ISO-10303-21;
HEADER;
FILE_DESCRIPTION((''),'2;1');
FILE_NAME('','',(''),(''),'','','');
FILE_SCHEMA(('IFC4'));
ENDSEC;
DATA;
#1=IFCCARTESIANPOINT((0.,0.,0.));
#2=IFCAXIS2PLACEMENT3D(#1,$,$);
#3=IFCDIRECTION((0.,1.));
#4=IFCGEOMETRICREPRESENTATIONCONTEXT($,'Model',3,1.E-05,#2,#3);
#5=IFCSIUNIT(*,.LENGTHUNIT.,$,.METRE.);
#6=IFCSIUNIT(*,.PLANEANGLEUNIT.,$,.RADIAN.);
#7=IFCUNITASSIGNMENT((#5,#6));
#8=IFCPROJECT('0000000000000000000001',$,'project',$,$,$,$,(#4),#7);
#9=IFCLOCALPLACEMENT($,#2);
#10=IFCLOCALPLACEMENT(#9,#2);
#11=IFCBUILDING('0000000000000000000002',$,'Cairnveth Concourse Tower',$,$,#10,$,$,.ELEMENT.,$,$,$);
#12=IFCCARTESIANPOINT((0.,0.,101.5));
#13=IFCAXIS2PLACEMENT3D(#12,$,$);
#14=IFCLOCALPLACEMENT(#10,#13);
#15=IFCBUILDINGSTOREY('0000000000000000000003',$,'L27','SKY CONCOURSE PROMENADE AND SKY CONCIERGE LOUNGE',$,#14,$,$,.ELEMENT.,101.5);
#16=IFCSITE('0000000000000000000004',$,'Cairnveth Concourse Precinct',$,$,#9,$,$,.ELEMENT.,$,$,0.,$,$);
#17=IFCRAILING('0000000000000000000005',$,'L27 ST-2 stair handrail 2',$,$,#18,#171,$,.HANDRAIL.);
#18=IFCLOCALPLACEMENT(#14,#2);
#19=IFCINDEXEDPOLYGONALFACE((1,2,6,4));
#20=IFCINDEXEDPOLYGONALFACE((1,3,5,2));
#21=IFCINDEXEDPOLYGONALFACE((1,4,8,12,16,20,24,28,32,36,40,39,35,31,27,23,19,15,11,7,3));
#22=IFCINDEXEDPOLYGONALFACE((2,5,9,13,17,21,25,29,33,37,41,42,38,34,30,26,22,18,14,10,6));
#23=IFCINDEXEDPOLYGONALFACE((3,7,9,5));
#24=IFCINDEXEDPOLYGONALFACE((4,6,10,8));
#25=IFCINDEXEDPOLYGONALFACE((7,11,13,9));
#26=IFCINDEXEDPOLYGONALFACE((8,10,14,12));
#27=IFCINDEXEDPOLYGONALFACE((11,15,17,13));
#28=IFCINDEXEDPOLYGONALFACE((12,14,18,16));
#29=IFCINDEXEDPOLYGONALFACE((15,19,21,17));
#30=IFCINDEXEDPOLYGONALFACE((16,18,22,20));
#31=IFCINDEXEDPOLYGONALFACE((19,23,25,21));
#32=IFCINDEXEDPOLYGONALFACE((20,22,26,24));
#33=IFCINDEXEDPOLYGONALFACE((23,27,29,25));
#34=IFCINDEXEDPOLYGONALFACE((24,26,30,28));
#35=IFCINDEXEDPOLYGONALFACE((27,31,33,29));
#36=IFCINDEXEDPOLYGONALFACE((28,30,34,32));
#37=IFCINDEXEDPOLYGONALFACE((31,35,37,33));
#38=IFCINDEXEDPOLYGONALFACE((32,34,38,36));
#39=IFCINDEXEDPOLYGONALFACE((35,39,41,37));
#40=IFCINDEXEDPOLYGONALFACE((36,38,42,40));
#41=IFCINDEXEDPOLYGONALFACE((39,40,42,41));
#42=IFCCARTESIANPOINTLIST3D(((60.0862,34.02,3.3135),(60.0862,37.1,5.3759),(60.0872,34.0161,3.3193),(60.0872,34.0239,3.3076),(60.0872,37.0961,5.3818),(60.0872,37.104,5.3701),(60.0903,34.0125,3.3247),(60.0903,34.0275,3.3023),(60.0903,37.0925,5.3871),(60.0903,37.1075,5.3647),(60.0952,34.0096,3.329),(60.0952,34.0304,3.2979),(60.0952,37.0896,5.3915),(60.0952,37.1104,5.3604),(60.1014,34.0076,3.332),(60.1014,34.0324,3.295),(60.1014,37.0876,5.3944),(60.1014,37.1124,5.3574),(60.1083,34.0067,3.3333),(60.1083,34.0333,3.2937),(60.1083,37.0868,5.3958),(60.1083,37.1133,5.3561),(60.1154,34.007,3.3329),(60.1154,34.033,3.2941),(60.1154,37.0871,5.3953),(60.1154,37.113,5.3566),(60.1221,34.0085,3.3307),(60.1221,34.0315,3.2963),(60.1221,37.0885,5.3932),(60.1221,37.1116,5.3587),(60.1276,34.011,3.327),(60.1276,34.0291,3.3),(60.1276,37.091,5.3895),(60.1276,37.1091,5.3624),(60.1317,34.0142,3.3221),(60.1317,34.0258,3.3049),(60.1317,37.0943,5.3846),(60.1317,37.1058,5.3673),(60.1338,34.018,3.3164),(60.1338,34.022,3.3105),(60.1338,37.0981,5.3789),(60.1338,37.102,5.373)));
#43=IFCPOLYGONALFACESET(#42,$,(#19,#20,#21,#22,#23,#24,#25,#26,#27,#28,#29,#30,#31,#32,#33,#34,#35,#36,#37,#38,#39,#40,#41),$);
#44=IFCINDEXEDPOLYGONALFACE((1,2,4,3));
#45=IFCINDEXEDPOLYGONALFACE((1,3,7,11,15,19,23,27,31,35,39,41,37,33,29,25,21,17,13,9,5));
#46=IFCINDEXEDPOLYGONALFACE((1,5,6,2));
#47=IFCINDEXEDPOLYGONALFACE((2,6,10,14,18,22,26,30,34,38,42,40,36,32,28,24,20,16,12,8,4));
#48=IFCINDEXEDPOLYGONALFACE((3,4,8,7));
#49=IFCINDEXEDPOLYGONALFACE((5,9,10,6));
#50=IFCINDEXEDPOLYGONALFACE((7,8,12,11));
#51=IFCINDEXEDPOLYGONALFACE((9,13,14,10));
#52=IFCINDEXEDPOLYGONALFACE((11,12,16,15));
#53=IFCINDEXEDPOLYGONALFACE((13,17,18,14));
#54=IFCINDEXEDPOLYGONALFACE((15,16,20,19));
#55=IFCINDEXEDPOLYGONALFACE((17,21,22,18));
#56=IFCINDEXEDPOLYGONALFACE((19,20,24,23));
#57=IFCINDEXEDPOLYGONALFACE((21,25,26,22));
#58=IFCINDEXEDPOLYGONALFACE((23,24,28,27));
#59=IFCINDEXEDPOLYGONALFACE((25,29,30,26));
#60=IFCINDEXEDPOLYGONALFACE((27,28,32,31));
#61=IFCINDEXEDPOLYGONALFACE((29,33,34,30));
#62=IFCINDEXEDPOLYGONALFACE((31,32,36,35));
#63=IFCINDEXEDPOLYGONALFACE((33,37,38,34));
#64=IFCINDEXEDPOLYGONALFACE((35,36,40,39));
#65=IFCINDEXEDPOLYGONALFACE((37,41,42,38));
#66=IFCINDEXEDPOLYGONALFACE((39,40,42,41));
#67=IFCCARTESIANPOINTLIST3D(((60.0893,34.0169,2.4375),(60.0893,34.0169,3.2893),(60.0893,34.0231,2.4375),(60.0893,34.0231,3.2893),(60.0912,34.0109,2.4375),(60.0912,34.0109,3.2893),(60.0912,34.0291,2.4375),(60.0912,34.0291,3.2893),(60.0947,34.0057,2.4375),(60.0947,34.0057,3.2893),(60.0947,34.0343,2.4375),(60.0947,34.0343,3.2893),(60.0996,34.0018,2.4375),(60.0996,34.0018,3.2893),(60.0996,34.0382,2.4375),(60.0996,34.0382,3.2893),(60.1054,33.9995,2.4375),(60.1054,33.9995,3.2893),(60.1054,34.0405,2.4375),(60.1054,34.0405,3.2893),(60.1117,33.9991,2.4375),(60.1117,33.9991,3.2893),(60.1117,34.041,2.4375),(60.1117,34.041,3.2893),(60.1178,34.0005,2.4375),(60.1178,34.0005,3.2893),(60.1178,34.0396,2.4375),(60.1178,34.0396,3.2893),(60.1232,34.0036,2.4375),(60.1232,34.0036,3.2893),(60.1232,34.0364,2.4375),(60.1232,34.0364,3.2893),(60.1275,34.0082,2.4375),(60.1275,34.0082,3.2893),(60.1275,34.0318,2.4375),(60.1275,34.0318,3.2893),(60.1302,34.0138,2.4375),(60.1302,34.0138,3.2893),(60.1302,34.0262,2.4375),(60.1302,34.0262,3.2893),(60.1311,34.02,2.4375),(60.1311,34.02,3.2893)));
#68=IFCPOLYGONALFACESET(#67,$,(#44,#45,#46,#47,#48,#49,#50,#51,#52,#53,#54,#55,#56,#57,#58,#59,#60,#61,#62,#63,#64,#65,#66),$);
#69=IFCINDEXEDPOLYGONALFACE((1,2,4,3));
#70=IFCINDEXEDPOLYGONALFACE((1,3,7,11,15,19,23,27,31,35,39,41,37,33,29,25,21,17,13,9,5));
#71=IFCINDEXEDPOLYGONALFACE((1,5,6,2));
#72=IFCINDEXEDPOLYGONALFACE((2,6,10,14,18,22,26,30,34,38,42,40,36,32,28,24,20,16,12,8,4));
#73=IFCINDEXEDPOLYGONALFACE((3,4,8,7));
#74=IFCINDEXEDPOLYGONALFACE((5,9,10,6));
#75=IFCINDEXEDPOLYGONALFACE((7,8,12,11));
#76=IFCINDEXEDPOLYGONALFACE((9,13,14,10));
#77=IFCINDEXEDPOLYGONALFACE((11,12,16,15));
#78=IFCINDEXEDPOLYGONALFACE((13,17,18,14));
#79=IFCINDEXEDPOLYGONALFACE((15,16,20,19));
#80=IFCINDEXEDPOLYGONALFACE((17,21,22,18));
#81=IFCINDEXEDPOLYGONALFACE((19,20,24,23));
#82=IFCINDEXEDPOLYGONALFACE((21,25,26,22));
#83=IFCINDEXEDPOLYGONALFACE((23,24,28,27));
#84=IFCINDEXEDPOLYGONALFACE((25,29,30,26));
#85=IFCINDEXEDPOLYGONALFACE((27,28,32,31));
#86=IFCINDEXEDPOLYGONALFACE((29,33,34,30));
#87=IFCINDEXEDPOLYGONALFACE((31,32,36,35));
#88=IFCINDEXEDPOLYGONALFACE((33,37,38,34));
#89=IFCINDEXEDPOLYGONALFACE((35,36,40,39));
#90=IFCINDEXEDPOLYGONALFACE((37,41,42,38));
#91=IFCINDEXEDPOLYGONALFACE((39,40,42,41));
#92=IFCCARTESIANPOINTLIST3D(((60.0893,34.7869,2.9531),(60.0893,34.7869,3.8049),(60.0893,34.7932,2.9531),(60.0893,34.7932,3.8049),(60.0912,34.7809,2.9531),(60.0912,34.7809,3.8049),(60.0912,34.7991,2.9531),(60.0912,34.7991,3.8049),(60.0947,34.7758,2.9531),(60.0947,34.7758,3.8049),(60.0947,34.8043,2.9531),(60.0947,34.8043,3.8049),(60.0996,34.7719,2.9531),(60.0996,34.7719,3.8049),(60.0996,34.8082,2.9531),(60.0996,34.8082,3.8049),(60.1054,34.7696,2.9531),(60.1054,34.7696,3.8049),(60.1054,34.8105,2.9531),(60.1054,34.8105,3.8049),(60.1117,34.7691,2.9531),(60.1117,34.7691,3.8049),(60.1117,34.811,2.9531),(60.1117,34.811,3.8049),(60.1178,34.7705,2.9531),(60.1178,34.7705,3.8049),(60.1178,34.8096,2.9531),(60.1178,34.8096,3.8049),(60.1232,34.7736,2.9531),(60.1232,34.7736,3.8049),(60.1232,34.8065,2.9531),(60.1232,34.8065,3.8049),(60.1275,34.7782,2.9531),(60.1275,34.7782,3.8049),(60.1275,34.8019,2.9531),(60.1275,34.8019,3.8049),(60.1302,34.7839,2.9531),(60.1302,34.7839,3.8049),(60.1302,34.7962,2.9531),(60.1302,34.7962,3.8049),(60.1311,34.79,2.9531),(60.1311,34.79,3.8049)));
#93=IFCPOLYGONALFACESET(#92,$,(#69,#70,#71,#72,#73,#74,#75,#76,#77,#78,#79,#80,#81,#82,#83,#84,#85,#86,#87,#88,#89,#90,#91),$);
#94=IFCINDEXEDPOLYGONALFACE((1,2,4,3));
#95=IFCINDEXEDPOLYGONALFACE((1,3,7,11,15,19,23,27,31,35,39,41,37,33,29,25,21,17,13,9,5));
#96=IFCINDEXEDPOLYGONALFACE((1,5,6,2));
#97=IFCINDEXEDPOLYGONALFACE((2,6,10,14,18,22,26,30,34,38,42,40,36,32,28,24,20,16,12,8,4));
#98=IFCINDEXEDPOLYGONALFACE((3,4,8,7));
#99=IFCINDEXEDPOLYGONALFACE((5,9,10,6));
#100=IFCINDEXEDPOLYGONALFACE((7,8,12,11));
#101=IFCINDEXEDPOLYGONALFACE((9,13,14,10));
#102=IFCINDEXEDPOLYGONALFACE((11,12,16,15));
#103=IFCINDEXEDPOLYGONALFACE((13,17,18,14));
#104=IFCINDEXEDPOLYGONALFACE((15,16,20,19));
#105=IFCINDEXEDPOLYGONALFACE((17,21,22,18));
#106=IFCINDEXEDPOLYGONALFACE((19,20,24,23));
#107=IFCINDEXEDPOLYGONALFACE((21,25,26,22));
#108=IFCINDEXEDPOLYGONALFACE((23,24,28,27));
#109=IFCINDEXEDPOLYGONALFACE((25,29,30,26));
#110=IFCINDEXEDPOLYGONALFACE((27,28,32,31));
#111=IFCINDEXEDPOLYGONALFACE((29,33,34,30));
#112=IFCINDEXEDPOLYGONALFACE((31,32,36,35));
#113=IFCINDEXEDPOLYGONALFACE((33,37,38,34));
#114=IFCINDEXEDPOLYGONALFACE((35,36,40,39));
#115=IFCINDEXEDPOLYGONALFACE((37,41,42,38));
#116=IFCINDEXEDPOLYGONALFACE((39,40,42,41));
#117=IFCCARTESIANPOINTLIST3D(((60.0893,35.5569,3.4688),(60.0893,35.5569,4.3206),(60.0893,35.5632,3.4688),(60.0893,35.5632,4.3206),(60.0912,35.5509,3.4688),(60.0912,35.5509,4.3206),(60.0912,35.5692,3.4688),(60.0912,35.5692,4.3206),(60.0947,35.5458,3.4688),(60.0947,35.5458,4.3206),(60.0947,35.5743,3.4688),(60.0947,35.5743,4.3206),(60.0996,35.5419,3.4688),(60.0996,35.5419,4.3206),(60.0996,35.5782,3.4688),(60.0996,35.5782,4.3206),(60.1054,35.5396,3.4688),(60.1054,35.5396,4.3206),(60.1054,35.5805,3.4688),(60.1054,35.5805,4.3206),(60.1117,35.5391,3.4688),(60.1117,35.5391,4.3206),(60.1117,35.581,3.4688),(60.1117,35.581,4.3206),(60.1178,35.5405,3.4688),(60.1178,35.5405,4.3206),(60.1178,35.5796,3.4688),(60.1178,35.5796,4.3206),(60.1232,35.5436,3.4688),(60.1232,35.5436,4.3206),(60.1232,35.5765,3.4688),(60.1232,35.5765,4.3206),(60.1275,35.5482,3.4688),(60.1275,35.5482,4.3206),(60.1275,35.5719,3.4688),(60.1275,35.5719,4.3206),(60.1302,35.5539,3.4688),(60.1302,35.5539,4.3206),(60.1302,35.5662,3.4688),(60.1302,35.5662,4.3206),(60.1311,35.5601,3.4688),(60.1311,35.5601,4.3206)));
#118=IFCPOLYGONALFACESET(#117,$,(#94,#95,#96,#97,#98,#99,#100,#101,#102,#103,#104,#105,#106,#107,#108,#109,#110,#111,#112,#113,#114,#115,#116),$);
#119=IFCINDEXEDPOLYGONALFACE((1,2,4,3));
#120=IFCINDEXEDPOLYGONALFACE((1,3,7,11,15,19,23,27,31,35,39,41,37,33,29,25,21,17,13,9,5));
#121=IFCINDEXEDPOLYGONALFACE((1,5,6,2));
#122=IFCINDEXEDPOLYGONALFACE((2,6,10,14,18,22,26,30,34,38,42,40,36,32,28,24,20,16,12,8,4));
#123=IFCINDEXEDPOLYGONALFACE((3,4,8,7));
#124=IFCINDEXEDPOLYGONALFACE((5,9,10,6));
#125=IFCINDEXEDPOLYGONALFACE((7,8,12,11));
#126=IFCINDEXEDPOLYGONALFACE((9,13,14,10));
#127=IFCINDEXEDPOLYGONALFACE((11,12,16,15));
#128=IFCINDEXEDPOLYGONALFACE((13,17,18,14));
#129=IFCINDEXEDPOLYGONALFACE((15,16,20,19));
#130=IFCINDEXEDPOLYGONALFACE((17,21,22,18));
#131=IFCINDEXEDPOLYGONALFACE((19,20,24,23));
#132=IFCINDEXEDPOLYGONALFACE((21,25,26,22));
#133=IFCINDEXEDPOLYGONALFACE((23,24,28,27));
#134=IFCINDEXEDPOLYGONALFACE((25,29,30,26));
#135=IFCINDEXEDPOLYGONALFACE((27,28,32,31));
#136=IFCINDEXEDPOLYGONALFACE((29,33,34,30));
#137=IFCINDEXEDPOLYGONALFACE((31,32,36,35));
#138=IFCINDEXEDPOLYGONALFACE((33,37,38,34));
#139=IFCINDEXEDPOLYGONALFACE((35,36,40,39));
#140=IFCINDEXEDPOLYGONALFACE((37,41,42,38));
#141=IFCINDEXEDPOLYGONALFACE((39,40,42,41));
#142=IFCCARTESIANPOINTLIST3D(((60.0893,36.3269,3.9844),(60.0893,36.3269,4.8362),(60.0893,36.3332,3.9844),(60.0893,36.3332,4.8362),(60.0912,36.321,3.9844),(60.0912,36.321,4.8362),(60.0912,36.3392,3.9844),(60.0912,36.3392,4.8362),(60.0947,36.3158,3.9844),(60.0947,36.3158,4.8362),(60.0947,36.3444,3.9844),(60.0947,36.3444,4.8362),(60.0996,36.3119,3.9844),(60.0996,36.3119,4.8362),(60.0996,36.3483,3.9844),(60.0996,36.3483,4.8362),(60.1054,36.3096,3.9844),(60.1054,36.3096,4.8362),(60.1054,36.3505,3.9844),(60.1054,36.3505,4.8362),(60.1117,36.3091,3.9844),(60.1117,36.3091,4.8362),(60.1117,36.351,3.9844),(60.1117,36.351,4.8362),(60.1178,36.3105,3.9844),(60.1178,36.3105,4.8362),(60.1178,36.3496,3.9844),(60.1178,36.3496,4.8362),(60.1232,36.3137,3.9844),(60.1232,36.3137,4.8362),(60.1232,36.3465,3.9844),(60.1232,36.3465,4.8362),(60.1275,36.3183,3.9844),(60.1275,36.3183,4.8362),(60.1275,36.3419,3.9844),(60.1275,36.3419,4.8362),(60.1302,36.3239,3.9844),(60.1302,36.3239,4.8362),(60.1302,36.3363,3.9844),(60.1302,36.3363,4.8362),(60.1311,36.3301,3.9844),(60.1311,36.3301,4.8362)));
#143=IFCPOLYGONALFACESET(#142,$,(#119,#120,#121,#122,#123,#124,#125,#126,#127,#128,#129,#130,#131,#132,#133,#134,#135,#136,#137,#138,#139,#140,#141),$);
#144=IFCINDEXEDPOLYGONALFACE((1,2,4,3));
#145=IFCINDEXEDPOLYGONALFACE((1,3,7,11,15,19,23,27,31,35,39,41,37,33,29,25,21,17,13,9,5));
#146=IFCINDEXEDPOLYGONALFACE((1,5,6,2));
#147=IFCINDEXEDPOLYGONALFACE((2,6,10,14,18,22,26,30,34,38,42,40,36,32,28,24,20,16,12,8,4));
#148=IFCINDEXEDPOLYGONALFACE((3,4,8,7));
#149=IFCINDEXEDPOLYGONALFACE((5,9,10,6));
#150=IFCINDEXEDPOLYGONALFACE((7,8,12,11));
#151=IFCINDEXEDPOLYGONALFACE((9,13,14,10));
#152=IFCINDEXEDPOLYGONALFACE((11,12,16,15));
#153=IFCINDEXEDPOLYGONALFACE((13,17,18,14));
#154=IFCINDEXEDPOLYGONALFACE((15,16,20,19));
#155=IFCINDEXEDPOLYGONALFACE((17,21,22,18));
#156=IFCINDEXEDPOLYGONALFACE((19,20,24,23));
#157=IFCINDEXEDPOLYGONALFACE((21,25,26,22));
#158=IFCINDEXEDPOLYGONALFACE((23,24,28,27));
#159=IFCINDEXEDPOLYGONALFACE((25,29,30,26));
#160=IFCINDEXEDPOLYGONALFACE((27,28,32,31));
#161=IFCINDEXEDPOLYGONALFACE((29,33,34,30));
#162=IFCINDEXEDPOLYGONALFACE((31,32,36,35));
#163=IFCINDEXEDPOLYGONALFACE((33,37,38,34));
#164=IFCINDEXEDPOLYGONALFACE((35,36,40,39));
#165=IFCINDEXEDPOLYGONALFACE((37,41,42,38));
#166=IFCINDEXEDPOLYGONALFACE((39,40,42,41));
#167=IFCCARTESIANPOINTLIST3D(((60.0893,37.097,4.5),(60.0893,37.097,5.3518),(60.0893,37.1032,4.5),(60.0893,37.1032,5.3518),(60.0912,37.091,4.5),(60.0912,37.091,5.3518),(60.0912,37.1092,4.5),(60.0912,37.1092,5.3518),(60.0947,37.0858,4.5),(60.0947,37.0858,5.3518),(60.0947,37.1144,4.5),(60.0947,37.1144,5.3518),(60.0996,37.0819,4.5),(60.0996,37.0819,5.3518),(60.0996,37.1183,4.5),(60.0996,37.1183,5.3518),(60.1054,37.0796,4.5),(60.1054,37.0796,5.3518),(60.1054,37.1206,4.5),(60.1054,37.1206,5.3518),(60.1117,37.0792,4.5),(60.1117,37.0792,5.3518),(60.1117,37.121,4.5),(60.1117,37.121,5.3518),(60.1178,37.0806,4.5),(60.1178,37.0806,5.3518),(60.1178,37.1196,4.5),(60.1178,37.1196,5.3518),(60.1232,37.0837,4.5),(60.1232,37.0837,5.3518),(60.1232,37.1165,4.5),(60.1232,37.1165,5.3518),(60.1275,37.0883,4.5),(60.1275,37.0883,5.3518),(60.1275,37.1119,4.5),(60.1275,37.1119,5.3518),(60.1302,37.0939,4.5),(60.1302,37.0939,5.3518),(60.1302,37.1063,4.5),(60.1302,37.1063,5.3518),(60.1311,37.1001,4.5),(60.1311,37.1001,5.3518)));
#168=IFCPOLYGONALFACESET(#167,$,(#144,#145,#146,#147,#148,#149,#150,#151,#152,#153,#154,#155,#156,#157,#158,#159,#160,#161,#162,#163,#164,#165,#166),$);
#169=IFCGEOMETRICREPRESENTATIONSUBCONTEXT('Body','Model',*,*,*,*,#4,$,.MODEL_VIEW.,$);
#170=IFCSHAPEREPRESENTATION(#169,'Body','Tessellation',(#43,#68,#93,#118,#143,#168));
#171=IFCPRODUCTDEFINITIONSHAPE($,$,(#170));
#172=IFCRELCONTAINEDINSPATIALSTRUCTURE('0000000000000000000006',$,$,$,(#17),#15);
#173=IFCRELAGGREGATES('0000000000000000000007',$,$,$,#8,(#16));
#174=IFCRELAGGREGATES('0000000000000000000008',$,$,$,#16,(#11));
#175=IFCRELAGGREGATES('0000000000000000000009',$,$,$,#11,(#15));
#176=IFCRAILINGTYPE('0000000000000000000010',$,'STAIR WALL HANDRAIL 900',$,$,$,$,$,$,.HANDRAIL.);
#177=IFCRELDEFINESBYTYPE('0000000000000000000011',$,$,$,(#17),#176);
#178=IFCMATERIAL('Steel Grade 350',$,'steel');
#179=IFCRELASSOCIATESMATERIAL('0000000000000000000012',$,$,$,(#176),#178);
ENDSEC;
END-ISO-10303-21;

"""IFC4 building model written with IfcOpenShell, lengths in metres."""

from ifc_helpers import new_model, si_unit, direction, frame, origin, origin_2d, place, context, subcontext, project, spatial, circle, extrude, material, type_object, element, save


model = new_model("IFC4")

# Units and contexts
model_context = context("Model", 3, precision=1e-05, world=origin(), true_north=direction((0.0, 1.0)))
body_context = subcontext(model_context, "Body", "Model", "MODEL_VIEW")
ifc_project = project(units=[si_unit("LENGTHUNIT", "METRE"), si_unit("PLANEANGLEUNIT", "RADIAN")], contexts=[model_context])

# Site, building, storey
site_placement = place(None, origin())
site = spatial("IfcSite", under=ifc_project, at=site_placement, Name="Cairnveth Concourse Precinct", CompositionType="ELEMENT", RefElevation=0.0)
building_placement = place(site_placement, origin())
building = spatial("IfcBuilding", under=site, at=building_placement, Name="Cairnveth Concourse Tower", CompositionType="ELEMENT")
storey_placement = place(building_placement, frame((0.0, 0.0, 101.5)))
storey = spatial("IfcBuildingStorey", under=building, at=storey_placement, Name="L27", Description="SKY CONCOURSE PROMENADE AND SKY CONCIERGE LOUNGE", CompositionType="ELEMENT", Elevation=101.5)

# Shared definitions
ifc_material_1 = material(Name="Steel Grade 350", Category="steel")

# Railing
railing_type_1 = type_object("IfcRailingType", Name="STAIR WALL HANDRAIL 900", PredefinedType="HANDRAIL", material=ifc_material_1)
railing_1_placement = place(storey_placement, frame((60.1101, 34.02, 2.4375)))
element("IfcRailing", 1, at=railing_1_placement, inside=storey, type_object=railing_type_1, Name="L27 ST-2 stair handrail 2", PredefinedType="HANDRAIL", context=body_context, shape_type="SweptSolid", body=[
    extrude(circle(Radius=0.0239, at=origin_2d()), frame((0.0, 0.0, 0.876), z_axis=(0.0, 0.830914, 0.556401), x_axis=(-1.0, 0.0, 0.0)), (0.0, 0.0, 1.0), 3.7068),
    extrude(circle(Radius=0.021, at=origin_2d()), origin(), (0.0, 0.0, 1.0), 0.8518),
    extrude(circle(Radius=0.021, at=origin_2d()), frame((0.0, 0.77, 0.5156)), (0.0, 0.0, 1.0), 0.8518),
    extrude(circle(Radius=0.021, at=origin_2d()), frame((0.0, 1.54, 1.0312)), (0.0, 0.0, 1.0), 0.8518),
    extrude(circle(Radius=0.021, at=origin_2d()), frame((0.0, 2.3101, 1.5469)), (0.0, 0.0, 1.0), 0.8518),
    extrude(circle(Radius=0.021, at=origin_2d()), frame((0.0, 3.0801, 2.0625)), (0.0, 0.0, 1.0), 0.8518),
])

save(model, "model.ifc")
